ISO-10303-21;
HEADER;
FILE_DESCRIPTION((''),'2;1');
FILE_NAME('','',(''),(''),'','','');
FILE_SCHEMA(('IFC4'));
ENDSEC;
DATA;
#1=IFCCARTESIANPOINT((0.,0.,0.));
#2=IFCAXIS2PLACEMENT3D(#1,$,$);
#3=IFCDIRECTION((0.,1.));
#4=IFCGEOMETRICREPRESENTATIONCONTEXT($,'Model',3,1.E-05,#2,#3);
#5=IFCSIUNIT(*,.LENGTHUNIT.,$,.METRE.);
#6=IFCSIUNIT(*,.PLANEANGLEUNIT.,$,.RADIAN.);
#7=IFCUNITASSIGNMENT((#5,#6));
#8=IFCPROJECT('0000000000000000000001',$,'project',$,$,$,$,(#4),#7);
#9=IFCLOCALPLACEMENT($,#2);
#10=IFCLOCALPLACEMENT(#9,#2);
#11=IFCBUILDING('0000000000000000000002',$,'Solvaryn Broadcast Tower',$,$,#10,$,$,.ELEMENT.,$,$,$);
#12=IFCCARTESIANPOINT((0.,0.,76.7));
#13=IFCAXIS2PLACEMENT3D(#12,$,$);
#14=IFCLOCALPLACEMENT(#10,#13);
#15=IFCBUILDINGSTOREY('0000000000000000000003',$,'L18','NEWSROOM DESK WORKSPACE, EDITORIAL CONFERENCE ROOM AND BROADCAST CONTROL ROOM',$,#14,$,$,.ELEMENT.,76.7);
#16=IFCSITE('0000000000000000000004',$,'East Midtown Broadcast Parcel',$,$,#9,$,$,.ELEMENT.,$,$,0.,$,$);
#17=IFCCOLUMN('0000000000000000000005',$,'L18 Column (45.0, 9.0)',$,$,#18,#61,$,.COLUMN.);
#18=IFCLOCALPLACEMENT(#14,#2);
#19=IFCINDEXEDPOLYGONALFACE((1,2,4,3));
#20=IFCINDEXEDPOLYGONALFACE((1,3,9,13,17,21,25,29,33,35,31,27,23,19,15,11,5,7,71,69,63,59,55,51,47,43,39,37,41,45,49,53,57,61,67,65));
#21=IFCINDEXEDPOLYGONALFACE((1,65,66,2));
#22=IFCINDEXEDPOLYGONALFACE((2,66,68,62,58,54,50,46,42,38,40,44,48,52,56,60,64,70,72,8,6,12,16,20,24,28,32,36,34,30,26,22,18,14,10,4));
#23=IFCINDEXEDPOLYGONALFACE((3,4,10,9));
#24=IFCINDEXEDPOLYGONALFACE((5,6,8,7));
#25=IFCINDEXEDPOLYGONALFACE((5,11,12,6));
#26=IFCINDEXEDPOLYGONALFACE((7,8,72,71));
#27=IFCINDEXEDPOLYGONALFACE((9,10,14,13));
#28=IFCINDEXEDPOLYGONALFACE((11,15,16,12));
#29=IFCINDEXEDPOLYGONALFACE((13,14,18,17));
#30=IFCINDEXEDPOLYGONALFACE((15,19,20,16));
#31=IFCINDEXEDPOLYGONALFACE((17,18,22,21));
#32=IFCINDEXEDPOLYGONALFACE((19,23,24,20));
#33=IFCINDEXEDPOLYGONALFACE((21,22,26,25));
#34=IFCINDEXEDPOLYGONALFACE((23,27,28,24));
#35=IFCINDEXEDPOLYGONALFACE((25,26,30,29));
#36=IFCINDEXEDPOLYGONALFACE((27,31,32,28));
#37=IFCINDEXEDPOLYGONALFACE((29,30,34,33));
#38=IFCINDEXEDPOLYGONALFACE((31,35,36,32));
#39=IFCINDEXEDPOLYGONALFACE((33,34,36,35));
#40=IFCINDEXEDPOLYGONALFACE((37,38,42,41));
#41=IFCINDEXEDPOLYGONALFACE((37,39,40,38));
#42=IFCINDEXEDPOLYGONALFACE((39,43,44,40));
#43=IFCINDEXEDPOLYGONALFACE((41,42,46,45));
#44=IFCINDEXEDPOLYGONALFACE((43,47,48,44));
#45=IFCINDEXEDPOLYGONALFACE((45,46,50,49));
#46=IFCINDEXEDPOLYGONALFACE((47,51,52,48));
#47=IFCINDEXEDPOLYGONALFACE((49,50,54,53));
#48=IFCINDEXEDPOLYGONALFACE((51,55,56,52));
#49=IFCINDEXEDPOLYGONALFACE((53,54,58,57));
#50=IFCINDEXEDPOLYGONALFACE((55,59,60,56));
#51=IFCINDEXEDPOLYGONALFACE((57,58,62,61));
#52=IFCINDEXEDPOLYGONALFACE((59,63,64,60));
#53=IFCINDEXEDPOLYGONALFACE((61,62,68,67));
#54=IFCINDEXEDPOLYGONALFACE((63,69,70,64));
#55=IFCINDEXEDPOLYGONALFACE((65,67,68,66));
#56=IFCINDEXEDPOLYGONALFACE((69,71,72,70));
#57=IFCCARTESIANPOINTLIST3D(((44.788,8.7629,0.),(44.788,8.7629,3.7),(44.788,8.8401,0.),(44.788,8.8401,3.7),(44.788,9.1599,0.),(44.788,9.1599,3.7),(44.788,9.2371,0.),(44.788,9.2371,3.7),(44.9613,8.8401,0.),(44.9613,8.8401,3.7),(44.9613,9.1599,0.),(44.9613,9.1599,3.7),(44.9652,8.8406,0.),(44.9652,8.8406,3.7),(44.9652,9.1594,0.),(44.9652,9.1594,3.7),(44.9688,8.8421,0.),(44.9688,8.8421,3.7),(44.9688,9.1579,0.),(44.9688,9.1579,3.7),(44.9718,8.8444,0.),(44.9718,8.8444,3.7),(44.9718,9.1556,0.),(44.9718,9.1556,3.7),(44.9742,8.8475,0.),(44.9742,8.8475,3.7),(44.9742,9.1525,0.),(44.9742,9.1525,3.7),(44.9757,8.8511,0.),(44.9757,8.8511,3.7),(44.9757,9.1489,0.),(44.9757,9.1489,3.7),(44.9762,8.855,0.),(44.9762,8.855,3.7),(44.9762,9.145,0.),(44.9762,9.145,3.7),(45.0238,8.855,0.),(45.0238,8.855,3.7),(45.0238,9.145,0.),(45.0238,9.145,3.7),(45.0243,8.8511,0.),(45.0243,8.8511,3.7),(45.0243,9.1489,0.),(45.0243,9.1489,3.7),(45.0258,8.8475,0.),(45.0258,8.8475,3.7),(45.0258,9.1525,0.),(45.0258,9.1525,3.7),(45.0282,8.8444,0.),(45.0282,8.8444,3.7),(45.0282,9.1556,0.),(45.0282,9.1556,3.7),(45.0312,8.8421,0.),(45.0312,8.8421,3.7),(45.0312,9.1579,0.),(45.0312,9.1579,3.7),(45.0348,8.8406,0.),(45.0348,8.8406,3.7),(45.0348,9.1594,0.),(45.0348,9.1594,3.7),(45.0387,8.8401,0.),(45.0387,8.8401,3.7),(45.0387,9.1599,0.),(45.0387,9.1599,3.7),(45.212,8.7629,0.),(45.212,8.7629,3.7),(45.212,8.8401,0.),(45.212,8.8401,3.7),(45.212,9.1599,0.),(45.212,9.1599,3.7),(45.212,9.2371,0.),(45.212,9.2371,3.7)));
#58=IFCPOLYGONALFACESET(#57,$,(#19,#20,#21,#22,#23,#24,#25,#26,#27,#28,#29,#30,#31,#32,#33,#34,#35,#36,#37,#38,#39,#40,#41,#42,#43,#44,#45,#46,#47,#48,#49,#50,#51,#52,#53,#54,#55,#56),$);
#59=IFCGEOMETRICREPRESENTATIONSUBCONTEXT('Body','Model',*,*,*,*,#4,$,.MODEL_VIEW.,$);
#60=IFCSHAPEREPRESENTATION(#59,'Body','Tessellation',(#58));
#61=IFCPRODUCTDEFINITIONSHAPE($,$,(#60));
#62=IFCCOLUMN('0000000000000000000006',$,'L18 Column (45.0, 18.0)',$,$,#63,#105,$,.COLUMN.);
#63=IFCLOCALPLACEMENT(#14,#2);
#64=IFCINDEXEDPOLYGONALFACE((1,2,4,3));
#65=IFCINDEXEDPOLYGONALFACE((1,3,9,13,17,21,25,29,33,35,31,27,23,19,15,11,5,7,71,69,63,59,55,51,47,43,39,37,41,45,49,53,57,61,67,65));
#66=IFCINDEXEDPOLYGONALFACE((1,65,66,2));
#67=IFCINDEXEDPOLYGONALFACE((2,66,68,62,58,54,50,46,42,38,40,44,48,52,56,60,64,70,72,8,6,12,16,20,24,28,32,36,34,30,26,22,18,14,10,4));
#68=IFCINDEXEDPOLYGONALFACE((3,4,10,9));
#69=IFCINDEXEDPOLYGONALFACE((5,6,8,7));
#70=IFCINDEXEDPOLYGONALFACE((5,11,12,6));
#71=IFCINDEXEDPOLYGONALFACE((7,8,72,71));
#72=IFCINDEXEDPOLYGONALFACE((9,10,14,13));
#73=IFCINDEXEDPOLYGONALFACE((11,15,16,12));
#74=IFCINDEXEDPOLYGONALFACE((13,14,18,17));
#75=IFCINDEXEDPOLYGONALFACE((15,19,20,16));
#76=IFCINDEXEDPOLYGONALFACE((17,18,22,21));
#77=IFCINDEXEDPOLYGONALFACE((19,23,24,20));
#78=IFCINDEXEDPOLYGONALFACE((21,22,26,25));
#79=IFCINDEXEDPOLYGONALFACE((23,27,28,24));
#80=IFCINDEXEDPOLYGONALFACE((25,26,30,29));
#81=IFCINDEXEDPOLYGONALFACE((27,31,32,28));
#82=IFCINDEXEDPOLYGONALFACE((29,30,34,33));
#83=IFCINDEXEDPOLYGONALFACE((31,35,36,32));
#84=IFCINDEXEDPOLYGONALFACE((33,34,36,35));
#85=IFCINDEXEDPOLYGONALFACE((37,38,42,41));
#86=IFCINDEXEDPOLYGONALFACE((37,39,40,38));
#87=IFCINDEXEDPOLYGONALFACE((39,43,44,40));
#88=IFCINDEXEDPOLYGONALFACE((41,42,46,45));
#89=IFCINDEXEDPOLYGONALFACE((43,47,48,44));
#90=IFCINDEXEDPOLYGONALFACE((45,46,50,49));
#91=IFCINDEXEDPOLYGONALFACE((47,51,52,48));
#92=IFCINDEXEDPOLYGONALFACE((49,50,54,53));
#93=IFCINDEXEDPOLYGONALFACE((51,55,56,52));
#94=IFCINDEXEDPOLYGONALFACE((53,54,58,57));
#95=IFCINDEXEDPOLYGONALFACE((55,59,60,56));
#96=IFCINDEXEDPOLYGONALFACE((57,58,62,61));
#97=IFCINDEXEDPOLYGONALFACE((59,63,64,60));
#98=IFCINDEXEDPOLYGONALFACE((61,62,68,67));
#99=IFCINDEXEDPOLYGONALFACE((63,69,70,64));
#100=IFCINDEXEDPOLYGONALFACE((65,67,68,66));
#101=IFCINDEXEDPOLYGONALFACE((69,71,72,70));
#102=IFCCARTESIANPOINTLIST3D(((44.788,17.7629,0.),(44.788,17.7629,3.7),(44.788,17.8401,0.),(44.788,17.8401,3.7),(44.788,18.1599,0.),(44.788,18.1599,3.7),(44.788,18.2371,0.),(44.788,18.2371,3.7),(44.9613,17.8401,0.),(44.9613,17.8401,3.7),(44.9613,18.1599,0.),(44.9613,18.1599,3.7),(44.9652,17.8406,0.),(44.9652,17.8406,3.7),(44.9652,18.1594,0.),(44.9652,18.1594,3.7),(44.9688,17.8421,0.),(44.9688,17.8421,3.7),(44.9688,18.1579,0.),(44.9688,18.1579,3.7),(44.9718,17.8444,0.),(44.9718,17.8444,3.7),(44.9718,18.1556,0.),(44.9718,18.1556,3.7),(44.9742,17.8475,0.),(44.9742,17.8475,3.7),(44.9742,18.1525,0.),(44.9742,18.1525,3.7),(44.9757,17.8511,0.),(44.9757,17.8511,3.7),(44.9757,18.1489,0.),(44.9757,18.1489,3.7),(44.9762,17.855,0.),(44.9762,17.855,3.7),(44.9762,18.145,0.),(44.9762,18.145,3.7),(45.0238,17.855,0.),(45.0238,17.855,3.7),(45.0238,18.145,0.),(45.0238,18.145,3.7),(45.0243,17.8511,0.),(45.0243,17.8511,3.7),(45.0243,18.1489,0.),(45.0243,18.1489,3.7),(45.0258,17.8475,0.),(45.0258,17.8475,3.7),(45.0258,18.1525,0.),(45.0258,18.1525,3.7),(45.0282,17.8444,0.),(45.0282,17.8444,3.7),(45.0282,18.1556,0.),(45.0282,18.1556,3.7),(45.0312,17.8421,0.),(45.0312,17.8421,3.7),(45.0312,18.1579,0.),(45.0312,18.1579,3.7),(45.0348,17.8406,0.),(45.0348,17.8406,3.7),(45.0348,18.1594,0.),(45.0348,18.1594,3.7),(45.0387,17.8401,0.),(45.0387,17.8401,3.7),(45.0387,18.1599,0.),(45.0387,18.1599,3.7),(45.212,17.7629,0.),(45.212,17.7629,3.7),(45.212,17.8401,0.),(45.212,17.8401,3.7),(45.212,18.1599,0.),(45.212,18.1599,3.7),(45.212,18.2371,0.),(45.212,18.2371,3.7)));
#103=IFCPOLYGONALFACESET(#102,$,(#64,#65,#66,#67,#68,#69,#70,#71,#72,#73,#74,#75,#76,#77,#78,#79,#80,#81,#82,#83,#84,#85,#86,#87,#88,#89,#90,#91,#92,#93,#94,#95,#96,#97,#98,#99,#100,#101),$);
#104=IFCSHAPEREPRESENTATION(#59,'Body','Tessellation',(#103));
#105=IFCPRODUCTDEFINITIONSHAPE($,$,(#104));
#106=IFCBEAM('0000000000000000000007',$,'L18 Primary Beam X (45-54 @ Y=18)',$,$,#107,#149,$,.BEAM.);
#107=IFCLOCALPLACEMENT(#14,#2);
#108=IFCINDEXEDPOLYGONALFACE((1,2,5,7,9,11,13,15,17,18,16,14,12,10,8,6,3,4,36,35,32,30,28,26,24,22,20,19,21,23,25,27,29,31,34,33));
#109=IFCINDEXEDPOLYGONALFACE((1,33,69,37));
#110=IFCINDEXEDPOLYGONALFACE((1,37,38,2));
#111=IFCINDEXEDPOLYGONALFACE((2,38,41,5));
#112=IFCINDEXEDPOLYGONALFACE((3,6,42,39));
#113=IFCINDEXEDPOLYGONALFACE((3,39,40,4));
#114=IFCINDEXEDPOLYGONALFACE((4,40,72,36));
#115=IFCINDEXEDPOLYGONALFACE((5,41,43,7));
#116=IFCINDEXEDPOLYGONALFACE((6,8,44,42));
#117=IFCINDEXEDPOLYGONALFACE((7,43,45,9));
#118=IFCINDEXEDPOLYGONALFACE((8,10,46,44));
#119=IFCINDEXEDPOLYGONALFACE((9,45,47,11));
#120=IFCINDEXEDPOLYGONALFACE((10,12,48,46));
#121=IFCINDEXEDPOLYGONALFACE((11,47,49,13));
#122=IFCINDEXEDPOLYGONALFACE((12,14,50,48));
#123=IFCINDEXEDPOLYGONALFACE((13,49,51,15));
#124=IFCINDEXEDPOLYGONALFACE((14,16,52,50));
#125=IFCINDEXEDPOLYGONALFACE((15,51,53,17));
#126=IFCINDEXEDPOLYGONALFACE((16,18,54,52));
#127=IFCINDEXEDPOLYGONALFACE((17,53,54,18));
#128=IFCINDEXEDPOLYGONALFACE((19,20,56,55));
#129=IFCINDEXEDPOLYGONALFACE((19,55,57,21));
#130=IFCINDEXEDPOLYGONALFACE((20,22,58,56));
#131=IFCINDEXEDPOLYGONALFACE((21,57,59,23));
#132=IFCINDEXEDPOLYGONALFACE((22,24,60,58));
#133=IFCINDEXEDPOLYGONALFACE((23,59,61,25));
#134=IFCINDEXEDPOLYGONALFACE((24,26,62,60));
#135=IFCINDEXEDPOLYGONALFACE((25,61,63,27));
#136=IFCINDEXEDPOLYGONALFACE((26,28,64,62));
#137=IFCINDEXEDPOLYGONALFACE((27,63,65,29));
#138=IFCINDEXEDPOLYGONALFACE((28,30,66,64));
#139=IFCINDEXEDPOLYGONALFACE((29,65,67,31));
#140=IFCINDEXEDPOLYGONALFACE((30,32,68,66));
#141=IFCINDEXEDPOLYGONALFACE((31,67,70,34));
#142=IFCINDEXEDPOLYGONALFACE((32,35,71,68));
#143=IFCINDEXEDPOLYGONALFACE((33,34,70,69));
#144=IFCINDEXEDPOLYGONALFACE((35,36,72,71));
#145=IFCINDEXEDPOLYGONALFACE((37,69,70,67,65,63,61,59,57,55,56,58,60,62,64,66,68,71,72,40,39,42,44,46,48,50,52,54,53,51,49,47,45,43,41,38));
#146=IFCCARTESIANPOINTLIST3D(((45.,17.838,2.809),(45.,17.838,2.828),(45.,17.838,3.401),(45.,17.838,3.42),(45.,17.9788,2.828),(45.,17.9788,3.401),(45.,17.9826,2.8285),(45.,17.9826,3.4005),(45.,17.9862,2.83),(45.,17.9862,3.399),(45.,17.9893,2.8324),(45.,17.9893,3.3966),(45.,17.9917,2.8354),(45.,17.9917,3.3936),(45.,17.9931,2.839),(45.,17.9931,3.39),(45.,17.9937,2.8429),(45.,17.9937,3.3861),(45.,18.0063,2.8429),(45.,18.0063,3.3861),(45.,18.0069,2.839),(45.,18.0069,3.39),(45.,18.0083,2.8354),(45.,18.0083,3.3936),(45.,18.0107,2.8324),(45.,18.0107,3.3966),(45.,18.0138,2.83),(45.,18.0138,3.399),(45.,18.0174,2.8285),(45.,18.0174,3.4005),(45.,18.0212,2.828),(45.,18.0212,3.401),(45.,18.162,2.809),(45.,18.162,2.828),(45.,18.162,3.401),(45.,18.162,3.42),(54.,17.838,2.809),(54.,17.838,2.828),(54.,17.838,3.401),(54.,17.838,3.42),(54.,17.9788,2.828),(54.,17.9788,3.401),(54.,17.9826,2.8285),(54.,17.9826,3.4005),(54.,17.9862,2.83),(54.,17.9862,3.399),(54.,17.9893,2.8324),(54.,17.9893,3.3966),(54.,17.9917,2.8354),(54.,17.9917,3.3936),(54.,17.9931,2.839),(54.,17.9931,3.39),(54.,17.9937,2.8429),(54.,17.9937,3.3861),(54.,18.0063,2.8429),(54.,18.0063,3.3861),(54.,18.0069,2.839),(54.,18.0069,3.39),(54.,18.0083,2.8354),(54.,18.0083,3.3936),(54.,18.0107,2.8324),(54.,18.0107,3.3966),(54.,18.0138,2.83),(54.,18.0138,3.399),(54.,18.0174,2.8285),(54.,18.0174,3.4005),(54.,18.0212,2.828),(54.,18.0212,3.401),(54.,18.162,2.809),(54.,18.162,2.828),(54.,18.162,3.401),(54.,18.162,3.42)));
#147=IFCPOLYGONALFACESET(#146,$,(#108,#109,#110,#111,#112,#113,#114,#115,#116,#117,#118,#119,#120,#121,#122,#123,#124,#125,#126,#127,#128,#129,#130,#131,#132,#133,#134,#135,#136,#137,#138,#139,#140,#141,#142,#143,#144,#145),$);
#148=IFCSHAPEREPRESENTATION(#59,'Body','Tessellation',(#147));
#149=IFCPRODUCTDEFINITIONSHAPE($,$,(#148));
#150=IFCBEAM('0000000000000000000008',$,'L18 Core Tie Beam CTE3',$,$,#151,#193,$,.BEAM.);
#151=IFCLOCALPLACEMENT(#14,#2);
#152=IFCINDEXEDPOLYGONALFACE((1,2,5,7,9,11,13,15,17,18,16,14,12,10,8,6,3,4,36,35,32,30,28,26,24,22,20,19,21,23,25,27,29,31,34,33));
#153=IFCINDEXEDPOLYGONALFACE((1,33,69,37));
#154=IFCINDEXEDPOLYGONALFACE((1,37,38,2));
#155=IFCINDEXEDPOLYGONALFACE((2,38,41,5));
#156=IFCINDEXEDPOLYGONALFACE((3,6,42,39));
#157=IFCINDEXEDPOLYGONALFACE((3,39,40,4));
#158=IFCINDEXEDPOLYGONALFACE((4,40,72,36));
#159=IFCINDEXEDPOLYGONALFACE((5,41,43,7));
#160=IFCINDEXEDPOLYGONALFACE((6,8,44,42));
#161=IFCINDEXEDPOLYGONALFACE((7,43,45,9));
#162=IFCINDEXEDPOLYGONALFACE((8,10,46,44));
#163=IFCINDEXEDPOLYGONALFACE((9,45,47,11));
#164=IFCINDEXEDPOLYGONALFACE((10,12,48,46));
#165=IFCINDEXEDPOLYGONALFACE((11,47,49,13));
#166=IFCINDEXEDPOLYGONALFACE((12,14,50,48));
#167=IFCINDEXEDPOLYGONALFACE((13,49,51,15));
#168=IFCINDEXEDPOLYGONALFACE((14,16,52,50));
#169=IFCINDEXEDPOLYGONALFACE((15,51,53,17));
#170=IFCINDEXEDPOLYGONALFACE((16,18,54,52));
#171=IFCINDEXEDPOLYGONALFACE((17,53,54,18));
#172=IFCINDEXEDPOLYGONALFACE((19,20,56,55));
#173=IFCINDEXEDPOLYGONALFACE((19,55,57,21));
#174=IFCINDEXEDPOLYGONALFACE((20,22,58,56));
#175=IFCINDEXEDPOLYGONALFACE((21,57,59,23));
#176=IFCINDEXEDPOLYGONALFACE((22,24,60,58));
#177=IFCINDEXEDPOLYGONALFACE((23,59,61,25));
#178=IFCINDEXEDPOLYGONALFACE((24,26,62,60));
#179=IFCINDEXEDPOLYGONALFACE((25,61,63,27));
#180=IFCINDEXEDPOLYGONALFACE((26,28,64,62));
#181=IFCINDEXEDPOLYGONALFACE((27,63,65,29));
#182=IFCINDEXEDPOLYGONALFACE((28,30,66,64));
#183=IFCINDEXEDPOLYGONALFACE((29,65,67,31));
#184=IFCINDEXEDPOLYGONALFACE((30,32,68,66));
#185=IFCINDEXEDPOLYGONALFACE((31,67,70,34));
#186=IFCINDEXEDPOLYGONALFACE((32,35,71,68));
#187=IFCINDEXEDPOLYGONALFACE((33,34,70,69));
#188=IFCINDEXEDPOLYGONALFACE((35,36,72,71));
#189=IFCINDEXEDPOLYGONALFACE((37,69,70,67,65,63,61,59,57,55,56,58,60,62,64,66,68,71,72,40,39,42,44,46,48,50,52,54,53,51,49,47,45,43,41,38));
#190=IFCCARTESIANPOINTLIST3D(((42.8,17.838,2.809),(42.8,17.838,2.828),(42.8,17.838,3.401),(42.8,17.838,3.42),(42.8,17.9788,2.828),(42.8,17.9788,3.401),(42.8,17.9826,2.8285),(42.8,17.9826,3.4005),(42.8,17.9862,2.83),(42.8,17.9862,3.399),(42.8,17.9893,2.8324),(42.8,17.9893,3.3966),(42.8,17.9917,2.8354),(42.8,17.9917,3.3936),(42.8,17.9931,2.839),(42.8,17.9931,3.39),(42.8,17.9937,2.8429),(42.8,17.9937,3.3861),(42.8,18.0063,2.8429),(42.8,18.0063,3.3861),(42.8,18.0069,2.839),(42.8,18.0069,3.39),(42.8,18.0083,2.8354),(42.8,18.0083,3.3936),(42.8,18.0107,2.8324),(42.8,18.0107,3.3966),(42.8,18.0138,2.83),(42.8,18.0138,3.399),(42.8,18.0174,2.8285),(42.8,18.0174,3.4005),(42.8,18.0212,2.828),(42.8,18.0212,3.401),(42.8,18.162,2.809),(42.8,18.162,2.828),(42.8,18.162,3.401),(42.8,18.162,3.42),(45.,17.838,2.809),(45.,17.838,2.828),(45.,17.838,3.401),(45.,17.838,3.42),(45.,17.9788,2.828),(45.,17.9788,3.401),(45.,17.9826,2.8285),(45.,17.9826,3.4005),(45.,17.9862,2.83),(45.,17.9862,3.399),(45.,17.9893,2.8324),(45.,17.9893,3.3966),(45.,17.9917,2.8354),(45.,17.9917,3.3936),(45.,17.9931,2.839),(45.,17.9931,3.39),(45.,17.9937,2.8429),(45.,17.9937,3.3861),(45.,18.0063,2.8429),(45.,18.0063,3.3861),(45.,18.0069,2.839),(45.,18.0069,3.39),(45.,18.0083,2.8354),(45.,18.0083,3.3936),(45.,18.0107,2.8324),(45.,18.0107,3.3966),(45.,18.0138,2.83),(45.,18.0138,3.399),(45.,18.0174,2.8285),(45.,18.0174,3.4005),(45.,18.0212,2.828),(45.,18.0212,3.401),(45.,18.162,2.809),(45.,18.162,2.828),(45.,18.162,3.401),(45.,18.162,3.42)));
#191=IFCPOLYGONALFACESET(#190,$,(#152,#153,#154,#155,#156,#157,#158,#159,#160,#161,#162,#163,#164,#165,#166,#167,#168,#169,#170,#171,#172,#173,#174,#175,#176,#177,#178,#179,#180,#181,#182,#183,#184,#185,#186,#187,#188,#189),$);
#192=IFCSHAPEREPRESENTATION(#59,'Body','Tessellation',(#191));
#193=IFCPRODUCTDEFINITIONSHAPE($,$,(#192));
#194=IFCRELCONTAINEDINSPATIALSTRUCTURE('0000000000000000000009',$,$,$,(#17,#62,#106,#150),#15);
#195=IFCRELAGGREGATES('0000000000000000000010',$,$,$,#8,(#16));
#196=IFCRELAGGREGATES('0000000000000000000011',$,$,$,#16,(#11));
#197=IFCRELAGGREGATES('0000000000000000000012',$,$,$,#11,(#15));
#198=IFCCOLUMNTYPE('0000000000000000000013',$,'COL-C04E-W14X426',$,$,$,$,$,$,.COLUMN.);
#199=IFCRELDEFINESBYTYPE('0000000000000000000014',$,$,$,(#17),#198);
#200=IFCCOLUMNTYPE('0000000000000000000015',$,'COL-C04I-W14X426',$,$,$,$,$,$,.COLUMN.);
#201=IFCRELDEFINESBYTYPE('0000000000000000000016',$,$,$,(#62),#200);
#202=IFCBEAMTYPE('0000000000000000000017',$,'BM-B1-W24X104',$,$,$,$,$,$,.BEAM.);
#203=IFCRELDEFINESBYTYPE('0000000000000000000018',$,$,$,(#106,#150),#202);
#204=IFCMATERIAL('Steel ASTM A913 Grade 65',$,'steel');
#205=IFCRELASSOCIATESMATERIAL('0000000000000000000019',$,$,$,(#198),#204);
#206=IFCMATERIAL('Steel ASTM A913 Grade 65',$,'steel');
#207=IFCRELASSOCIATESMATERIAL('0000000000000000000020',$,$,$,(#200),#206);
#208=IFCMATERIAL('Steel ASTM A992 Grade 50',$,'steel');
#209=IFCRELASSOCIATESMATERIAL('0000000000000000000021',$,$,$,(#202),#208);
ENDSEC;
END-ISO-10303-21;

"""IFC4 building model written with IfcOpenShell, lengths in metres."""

from ifc_helpers import new_model, si_unit, direction, frame, origin, origin_2d, place, context, subcontext, project, spatial, i_section, extrude, material, material_profile, profile_set, type_object, element, save


model = new_model("IFC4")

# Units and contexts
model_context = context("Model", 3, precision=1e-05, world=origin(), true_north=direction((0.0, 1.0)))
body_context = subcontext(model_context, "Body", "Model", "MODEL_VIEW")
ifc_project = project(units=[si_unit("LENGTHUNIT", "METRE"), si_unit("PLANEANGLEUNIT", "RADIAN")], contexts=[model_context])

# Site, building, storey
site_placement = place(None, origin())
site = spatial("IfcSite", under=ifc_project, at=site_placement, Name="East Midtown Broadcast Parcel", CompositionType="ELEMENT", RefElevation=0.0)
building_placement = place(site_placement, origin())
building = spatial("IfcBuilding", under=site, at=building_placement, Name="Solvaryn Broadcast Tower", CompositionType="ELEMENT")
storey_placement = place(building_placement, frame((0.0, 0.0, 76.7)))
storey = spatial("IfcBuildingStorey", under=building, at=storey_placement, Name="L18", Description="NEWSROOM DESK WORKSPACE, EDITORIAL CONFERENCE ROOM AND BROADCAST CONTROL ROOM", CompositionType="ELEMENT", Elevation=76.7)

# Columns
ifc_material_1 = material(Name="Steel ASTM A913 Grade 65", Category="steel")
ifc_material_profile_1 = material_profile(ifc_material_1, i_section(OverallWidth=0.4241, OverallDepth=0.4741, WebThickness=0.0476, FlangeThickness=0.0771, FilletRadius=0.0149, at=origin_2d()))
ifc_profile_set_1 = profile_set([ifc_material_profile_1], Name="Steel ASTM A913 Grade 65")
column_type_1 = type_object("IfcColumnType", Name="COL-C04E-W14X426", PredefinedType="COLUMN", material=ifc_profile_set_1)
column_1_placement = place(storey_placement, frame((45.0, 9.0, 0.0), z_axis=(0.0, 0.0, 1.0), x_axis=(1.0, 0.0, 0.0)))
element("IfcColumn", 1, at=column_1_placement, inside=storey, type_object=column_type_1, Name="L18 Column (45.0, 9.0)", PredefinedType="COLUMN", context=body_context, shape_type="SweptSolid", body=[
    extrude(i_section(OverallWidth=0.4241, OverallDepth=0.4741, WebThickness=0.0476, FlangeThickness=0.0771, FilletRadius=0.0149, at=origin_2d()), origin(), (0.0, 0.0, 1.0), 3.7),
])
ifc_material_2 = material(Name="Steel ASTM A913 Grade 65", Category="steel")
ifc_material_profile_2 = material_profile(ifc_material_2, i_section(OverallWidth=0.4241, OverallDepth=0.4741, WebThickness=0.0476, FlangeThickness=0.0771, FilletRadius=0.0149, at=origin_2d()))
ifc_profile_set_2 = profile_set([ifc_material_profile_2], Name="Steel ASTM A913 Grade 65")
column_type_2 = type_object("IfcColumnType", Name="COL-C04I-W14X426", PredefinedType="COLUMN", material=ifc_profile_set_2)
column_2_placement = place(storey_placement, frame((45.0, 18.0, 0.0), z_axis=(0.0, 0.0, 1.0), x_axis=(1.0, 0.0, 0.0)))
element("IfcColumn", 2, at=column_2_placement, inside=storey, type_object=column_type_2, Name="L18 Column (45.0, 18.0)", PredefinedType="COLUMN", context=body_context, shape_type="SweptSolid", body=[
    extrude(i_section(OverallWidth=0.4241, OverallDepth=0.4741, WebThickness=0.0476, FlangeThickness=0.0771, FilletRadius=0.0149, at=origin_2d()), origin(), (0.0, 0.0, 1.0), 3.7),
])

# Beams
ifc_material_3 = material(Name="Steel ASTM A992 Grade 50", Category="steel")
ifc_material_profile_3 = material_profile(ifc_material_3, i_section(OverallWidth=0.324, OverallDepth=0.6111, WebThickness=0.0127, FlangeThickness=0.019, FilletRadius=0.0149, at=origin_2d()))
ifc_profile_set_3 = profile_set([ifc_material_profile_3], Name="Steel ASTM A992 Grade 50")
beam_type_1 = type_object("IfcBeamType", Name="BM-B1-W24X104", PredefinedType="BEAM", material=ifc_profile_set_3)
beam_1_placement = place(storey_placement, frame((45.0, 18.0, 3.1145), z_axis=(1.0, 0.0, 0.0), x_axis=(0.0, 1.0, 0.0)))
element("IfcBeam", 3, at=beam_1_placement, inside=storey, type_object=beam_type_1, Name="L18 Primary Beam X (45-54 @ Y=18)", PredefinedType="BEAM", context=body_context, shape_type="SweptSolid", body=[
    extrude(i_section(OverallWidth=0.324, OverallDepth=0.6111, WebThickness=0.0127, FlangeThickness=0.019, FilletRadius=0.0149, at=origin_2d()), origin(), (0.0, 0.0, 1.0), 9.0),
])
beam_2_placement = place(storey_placement, frame((42.8, 18.0, 3.1145), z_axis=(1.0, 0.0, 0.0), x_axis=(0.0, 1.0, 0.0)))
element("IfcBeam", 4, at=beam_2_placement, inside=storey, type_object=beam_type_1, Name="L18 Core Tie Beam CTE3", PredefinedType="BEAM", context=body_context, shape_type="SweptSolid", body=[
    extrude(i_section(OverallWidth=0.324, OverallDepth=0.6111, WebThickness=0.0127, FlangeThickness=0.019, FilletRadius=0.0149, at=origin_2d()), origin(), (0.0, 0.0, 1.0), 2.2),
])

save(model, "model.ifc")
